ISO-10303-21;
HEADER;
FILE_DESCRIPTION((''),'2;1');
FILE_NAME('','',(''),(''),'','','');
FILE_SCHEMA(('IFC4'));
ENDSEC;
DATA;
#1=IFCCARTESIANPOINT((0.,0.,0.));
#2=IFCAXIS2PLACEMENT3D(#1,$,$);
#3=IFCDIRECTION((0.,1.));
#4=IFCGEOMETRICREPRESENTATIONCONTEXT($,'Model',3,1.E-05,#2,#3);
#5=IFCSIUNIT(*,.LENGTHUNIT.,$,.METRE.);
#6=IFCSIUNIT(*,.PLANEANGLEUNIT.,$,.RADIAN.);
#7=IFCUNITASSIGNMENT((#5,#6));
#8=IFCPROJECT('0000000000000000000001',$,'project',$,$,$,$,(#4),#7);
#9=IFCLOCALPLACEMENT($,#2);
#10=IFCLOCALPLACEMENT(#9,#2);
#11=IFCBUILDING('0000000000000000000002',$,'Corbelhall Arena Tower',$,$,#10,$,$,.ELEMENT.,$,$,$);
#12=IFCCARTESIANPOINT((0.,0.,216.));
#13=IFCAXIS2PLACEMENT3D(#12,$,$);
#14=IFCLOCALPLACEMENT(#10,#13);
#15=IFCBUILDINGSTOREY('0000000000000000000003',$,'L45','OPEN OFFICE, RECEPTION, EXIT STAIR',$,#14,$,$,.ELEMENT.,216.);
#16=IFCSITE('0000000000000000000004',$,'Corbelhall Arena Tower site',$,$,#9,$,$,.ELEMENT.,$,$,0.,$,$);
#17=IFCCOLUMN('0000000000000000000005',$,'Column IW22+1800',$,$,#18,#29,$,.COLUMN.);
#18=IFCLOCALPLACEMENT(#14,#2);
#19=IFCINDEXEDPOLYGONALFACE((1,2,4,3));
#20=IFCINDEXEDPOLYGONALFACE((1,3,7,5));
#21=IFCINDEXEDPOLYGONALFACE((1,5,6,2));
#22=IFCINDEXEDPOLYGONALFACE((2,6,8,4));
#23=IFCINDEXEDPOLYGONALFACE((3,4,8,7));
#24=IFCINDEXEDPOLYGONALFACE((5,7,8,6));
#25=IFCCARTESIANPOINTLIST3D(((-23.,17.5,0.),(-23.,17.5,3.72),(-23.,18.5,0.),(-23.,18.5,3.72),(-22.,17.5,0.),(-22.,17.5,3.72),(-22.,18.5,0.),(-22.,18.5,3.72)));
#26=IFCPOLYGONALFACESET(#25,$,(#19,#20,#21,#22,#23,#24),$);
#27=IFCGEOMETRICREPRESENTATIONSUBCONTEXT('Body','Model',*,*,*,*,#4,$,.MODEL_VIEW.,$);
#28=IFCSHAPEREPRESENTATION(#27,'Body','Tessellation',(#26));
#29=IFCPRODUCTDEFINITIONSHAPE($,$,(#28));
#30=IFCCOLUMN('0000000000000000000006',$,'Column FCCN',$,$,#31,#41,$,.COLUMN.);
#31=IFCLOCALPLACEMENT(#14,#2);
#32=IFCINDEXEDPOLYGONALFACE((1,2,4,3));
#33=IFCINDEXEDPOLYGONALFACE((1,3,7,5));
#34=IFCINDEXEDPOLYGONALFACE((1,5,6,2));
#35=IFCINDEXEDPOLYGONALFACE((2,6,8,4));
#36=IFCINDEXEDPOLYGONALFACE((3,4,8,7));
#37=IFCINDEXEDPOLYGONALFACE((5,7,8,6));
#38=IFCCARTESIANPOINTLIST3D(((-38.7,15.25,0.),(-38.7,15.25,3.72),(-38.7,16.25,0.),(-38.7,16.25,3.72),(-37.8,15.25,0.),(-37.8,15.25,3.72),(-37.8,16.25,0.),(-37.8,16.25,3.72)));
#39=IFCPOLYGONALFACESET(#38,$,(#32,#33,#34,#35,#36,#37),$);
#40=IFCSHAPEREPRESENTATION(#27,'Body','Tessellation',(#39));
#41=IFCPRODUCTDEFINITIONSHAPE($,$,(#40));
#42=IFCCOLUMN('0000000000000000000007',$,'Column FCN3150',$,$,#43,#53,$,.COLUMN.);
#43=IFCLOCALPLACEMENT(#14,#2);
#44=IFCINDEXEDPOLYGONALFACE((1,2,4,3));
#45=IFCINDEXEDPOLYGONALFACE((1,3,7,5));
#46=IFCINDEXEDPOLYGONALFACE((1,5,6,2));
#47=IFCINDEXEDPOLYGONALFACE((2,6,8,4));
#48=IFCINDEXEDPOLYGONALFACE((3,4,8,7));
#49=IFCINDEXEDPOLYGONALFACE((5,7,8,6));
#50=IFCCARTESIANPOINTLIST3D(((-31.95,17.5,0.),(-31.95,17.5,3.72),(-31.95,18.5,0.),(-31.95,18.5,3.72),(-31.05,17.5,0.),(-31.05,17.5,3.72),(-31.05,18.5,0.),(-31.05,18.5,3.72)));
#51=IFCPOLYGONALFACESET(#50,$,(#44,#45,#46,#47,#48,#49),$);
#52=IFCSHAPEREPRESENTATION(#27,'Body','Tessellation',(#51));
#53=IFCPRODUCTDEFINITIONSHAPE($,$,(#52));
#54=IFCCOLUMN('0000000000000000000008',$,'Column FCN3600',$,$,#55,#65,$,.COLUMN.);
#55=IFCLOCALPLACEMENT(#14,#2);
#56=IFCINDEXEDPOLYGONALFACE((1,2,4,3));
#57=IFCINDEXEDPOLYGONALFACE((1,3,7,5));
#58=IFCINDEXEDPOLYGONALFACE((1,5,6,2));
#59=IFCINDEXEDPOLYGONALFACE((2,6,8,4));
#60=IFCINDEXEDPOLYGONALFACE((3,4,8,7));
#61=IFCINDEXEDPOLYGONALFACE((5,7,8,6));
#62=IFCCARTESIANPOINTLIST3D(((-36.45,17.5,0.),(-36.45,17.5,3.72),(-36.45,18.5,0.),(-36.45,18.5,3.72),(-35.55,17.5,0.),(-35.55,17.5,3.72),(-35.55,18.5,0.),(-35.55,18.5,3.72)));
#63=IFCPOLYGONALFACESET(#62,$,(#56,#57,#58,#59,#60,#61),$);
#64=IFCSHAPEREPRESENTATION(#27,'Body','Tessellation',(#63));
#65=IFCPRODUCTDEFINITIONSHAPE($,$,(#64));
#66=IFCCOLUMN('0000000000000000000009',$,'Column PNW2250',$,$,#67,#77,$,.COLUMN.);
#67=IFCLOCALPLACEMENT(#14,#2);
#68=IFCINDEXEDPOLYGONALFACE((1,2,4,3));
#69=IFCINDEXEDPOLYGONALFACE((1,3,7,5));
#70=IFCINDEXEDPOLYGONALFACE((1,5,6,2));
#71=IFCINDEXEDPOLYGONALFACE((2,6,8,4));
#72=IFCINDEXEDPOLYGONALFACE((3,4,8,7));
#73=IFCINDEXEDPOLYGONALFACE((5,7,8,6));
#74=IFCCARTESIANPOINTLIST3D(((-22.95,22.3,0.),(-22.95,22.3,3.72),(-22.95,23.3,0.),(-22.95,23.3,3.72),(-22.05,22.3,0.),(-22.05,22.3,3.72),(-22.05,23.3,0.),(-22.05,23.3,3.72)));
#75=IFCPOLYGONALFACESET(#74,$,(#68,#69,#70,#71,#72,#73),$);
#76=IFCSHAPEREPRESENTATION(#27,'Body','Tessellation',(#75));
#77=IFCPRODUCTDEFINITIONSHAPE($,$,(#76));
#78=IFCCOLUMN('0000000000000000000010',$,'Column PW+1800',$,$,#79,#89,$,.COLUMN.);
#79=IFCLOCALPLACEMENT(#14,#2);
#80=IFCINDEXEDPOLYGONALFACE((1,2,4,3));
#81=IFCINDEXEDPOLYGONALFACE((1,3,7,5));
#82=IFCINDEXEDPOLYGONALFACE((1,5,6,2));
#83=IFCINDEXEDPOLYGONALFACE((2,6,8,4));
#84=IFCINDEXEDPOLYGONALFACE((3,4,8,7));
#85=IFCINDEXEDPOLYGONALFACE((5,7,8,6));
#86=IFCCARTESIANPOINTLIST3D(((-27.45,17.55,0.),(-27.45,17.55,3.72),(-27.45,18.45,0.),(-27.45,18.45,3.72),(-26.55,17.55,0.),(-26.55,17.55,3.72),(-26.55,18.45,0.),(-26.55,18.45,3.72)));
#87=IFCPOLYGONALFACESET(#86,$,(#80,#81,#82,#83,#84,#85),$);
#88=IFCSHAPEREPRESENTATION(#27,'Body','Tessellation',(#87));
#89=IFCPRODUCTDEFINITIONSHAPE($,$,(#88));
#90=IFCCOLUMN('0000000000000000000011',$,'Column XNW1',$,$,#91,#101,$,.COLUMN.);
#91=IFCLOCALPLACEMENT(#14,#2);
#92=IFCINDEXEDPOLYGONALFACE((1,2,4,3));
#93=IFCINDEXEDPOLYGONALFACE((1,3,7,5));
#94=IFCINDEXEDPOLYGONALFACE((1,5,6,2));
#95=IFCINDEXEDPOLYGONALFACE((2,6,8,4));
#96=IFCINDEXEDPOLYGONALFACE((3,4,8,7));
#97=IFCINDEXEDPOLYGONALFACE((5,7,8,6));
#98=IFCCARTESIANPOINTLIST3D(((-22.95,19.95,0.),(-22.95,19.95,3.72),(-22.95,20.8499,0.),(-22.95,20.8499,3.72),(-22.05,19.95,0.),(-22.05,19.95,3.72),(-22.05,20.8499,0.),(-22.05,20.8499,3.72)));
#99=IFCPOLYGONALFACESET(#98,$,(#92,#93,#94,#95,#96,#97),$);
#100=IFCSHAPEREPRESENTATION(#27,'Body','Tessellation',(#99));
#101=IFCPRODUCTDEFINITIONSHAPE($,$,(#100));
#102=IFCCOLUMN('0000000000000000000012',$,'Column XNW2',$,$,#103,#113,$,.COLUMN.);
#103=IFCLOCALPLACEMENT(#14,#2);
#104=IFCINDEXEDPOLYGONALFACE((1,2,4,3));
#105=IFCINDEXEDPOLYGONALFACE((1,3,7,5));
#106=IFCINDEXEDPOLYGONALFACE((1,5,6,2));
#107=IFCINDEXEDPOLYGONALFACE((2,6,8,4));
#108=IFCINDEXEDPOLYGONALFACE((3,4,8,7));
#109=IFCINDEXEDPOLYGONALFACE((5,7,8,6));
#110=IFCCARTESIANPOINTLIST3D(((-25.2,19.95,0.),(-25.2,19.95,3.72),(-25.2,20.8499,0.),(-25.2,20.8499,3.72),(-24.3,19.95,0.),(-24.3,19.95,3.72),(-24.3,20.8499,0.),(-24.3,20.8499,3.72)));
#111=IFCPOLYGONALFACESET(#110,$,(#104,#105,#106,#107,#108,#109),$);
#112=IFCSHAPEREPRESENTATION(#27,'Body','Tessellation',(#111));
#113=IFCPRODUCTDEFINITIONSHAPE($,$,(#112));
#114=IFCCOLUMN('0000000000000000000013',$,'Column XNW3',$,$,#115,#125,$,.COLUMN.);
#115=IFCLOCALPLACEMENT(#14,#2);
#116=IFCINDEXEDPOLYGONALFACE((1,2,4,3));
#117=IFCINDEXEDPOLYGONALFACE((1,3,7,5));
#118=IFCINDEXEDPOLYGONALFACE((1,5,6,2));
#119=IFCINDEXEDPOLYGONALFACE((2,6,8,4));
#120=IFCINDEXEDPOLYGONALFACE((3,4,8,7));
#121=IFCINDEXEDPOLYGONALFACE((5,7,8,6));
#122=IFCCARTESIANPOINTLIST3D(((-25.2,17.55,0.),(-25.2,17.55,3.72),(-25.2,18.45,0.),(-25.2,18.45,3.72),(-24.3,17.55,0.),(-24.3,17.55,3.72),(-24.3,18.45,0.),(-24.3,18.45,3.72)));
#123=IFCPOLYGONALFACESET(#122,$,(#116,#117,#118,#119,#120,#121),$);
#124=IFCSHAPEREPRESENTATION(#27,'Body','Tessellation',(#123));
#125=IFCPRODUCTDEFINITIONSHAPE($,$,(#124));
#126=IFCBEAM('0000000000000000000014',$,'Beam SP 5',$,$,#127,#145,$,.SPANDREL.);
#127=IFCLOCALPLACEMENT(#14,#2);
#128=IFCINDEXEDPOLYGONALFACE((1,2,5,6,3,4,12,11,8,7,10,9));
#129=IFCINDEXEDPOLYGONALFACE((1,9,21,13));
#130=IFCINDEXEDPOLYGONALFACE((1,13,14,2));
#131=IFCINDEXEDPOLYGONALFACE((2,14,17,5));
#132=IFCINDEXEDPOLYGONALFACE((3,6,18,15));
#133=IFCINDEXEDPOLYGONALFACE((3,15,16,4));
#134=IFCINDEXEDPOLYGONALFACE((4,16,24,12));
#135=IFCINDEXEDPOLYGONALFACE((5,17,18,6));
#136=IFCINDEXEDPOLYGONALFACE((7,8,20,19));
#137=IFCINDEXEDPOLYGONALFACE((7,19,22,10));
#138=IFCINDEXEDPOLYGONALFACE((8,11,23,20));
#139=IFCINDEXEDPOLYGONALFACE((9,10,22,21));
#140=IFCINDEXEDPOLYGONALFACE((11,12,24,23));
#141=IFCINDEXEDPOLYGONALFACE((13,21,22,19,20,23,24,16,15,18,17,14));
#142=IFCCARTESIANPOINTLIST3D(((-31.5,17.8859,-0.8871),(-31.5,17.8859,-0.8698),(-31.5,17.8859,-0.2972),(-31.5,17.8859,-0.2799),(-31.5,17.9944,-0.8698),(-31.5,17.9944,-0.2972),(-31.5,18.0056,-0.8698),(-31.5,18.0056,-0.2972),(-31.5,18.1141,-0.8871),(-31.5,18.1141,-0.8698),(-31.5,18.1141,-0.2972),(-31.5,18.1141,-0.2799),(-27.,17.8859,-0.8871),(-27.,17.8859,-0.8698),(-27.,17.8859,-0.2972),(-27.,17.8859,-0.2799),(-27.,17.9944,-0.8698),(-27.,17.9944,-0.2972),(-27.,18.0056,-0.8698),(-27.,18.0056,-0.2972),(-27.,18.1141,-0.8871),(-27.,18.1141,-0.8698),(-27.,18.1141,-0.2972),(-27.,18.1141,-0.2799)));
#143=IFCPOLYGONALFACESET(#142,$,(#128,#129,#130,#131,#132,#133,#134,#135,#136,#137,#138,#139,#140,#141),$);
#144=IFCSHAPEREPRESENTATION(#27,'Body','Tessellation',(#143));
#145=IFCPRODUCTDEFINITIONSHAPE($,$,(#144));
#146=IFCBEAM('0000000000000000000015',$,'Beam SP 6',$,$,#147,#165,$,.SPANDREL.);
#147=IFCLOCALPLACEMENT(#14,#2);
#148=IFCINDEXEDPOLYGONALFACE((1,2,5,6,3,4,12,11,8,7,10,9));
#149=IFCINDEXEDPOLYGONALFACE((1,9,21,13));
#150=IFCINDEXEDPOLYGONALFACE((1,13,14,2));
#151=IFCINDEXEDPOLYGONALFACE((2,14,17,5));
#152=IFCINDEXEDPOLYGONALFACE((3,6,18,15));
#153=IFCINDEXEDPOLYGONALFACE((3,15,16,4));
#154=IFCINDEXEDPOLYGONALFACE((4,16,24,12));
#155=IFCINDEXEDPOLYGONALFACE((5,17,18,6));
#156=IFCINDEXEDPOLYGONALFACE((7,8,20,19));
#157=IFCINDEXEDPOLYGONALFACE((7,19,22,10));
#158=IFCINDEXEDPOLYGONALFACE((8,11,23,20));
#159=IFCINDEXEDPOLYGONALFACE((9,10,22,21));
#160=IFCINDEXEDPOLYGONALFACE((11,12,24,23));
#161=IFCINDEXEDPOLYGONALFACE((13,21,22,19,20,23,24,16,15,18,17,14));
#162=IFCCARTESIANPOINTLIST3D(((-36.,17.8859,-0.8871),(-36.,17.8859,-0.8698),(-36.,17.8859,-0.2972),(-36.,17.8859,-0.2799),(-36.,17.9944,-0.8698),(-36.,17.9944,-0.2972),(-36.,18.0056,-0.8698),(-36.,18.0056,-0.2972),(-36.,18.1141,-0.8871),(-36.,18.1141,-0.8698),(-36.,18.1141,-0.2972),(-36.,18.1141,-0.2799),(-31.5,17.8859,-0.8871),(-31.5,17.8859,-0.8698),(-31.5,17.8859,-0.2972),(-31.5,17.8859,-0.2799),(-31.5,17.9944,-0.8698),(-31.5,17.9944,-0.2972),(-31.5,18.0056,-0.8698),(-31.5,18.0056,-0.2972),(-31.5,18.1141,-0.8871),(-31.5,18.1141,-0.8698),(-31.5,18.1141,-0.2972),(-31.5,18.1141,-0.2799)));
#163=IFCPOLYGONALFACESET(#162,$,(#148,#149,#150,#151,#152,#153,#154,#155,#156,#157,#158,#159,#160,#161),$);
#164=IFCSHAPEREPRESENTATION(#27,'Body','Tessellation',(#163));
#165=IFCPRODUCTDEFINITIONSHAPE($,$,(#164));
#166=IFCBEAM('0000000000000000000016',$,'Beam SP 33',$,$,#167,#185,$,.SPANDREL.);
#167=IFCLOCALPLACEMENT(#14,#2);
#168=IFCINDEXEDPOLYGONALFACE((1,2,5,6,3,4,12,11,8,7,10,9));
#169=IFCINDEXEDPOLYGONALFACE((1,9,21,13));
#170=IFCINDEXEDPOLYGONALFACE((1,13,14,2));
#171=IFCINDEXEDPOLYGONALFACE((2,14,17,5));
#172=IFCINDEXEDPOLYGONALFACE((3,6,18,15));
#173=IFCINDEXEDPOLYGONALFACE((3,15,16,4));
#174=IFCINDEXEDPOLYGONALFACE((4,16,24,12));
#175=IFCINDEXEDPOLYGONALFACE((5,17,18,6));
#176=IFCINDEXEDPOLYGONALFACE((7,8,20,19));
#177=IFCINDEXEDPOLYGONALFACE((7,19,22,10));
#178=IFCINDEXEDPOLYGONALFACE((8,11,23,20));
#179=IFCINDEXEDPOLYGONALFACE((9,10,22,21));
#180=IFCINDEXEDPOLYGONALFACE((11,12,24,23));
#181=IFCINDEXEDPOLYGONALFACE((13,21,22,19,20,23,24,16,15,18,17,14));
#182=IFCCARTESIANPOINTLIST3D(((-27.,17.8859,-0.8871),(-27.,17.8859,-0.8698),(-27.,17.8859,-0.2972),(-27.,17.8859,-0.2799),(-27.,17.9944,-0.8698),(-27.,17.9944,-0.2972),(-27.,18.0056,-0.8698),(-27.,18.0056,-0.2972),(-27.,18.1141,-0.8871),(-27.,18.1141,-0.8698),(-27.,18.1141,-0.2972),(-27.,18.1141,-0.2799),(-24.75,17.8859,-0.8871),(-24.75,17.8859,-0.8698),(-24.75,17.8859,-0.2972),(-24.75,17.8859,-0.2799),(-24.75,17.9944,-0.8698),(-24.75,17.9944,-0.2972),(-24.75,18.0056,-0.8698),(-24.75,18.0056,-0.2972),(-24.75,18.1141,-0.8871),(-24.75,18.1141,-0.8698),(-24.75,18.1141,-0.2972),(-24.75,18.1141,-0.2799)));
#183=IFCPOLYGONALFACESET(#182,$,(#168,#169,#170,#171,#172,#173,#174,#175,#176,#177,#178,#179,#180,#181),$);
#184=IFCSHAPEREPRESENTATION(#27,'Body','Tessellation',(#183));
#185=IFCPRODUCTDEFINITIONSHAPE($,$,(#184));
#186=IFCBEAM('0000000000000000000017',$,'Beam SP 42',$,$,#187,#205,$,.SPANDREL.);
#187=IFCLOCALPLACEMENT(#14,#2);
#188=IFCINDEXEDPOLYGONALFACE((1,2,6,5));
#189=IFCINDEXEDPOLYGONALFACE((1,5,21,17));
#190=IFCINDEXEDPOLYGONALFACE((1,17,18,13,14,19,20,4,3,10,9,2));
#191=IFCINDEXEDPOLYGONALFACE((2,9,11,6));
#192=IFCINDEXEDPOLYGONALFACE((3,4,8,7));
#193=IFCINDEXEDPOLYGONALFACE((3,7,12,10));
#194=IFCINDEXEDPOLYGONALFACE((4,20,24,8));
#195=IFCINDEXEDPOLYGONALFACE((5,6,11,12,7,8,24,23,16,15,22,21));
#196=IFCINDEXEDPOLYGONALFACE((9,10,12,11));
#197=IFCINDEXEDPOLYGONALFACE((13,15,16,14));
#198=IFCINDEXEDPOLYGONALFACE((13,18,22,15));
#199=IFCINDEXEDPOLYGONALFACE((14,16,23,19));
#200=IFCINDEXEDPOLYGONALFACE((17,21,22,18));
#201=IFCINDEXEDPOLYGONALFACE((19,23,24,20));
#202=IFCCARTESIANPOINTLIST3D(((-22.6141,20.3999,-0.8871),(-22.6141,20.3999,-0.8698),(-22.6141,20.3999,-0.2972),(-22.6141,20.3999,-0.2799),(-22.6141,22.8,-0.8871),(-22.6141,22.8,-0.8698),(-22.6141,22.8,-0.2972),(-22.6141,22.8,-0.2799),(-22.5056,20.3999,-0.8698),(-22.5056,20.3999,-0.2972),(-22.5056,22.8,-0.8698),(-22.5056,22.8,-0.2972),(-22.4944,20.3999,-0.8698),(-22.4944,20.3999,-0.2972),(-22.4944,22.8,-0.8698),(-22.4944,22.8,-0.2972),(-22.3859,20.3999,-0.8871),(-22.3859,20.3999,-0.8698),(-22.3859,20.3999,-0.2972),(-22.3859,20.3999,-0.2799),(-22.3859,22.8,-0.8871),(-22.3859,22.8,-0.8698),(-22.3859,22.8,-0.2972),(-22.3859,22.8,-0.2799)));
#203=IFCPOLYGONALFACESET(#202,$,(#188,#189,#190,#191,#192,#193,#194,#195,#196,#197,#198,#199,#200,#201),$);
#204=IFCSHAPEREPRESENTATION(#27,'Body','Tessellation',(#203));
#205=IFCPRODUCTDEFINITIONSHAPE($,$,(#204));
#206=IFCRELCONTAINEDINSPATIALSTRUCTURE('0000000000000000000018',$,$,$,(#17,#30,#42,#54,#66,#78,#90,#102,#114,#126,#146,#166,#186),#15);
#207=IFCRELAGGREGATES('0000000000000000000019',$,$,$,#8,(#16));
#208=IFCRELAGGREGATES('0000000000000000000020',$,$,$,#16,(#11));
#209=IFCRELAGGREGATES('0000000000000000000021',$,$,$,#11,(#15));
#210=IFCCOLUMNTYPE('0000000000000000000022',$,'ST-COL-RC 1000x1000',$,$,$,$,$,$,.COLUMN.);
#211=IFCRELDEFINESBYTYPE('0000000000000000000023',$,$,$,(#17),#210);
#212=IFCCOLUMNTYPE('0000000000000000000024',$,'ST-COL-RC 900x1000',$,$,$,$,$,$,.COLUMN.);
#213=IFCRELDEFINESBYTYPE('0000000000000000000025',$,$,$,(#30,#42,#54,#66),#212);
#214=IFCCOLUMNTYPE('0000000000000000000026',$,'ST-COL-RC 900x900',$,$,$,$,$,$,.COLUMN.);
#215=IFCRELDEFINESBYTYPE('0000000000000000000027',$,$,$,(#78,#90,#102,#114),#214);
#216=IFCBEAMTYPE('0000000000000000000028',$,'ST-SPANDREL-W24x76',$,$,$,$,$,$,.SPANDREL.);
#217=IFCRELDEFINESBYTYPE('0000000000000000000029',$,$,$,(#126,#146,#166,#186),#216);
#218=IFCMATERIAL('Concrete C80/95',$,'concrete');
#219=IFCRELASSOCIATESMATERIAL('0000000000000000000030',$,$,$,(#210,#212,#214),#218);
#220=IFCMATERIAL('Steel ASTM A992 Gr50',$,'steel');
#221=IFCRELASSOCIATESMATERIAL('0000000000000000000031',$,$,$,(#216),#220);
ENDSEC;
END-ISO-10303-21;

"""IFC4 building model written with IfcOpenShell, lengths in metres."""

from ifc_helpers import new_model, si_unit, direction, frame, origin, origin_2d, place, context, subcontext, project, spatial, rectangle, i_section, extrude, material, material_profile, profile_set, type_object, element, save


model = new_model("IFC4")

# Units and contexts
model_context = context("Model", 3, precision=1e-05, world=origin(), true_north=direction((0.0, 1.0)))
body_context = subcontext(model_context, "Body", "Model", "MODEL_VIEW")
ifc_project = project(units=[si_unit("LENGTHUNIT", "METRE"), si_unit("PLANEANGLEUNIT", "RADIAN")], contexts=[model_context])

# Site, building, storey
site_placement = place(None, origin())
site = spatial("IfcSite", under=ifc_project, at=site_placement, Name="Corbelhall Arena Tower site", CompositionType="ELEMENT", RefElevation=0.0)
building_placement = place(site_placement, origin())
building = spatial("IfcBuilding", under=site, at=building_placement, Name="Corbelhall Arena Tower", CompositionType="ELEMENT")
storey_placement = place(building_placement, frame((0.0, 0.0, 216.0)))
storey = spatial("IfcBuildingStorey", under=building, at=storey_placement, Name="L45", Description="OPEN OFFICE, RECEPTION, EXIT STAIR", CompositionType="ELEMENT", Elevation=216.0)

# Columns
ifc_material_1 = material(Name="Concrete C80/95", Category="concrete")
ifc_material_profile_1 = material_profile(ifc_material_1, rectangle(XDim=1.0, YDim=1.0, at=origin_2d()))
ifc_profile_set_1 = profile_set([ifc_material_profile_1], Name="Concrete C80/95")
column_type_1 = type_object("IfcColumnType", Name="ST-COL-RC 1000x1000", PredefinedType="COLUMN", material=ifc_profile_set_1)
column_placement = place(storey_placement, frame((-22.5, 18.0, 0.0), z_axis=(0.0, 0.0, 1.0), x_axis=(1.0, 0.0, 0.0)))
element("IfcColumn", 1, at=column_placement, inside=storey, type_object=column_type_1, Name="Column IW22+1800", PredefinedType="COLUMN", context=body_context, shape_type="SweptSolid", body=[
    extrude(rectangle(XDim=1.0, YDim=1.0, at=origin_2d()), origin(), (0.0, 0.0, 1.0), 3.72),
])
ifc_material_profile_2 = material_profile(ifc_material_1, rectangle(XDim=0.8999, YDim=1.0, at=origin_2d()))
ifc_profile_set_2 = profile_set([ifc_material_profile_2], Name="Concrete C80/95")
column_type_2 = type_object("IfcColumnType", Name="ST-COL-RC 900x1000", PredefinedType="COLUMN", material=ifc_profile_set_2)
for number, where, z_axis, x_axis, name in (
    (2, (-38.25, 15.75, 0.0), (0.0, 0.0, 1.0), (1.0, 0.0, 0.0), "Column FCCN"),
    (3, (-31.5, 18.0, 0.0), (0.0, 0.0, 1.0), (1.0, 0.0, 0.0), "Column FCN3150"),
    (4, (-36.0, 18.0, 0.0), (0.0, 0.0, 1.0), (1.0, 0.0, 0.0), "Column FCN3600"),
    (5, (-22.5, 22.8, 0.0), (0.0, 0.0, 1.0), (1.0, 0.0, 0.0), "Column PNW2250"),
):
    element("IfcColumn", number, at=place(storey_placement, frame(where, z_axis=z_axis, x_axis=x_axis)), inside=storey, type_object=column_type_2, Name=name, PredefinedType="COLUMN", context=body_context, shape_type="SweptSolid", body=[
        extrude(rectangle(XDim=0.8999, YDim=1.0, at=origin_2d()), origin(), (0.0, 0.0, 1.0), 3.72),
    ])
ifc_material_profile_3 = material_profile(ifc_material_1, rectangle(XDim=0.8999, YDim=0.8999, at=origin_2d()))
ifc_profile_set_3 = profile_set([ifc_material_profile_3], Name="Concrete C80/95")
column_type_3 = type_object("IfcColumnType", Name="ST-COL-RC 900x900", PredefinedType="COLUMN", material=ifc_profile_set_3)
for number, where, z_axis, x_axis, name in (
    (6, (-27.0, 18.0, 0.0), (0.0, 0.0, 1.0), (1.0, 0.0, 0.0), "Column PW+1800"),
    (7, (-22.5, 20.3999, 0.0), (0.0, 0.0, 1.0), (1.0, 0.0, 0.0), "Column XNW1"),
    (8, (-24.75, 20.3999, 0.0), (0.0, 0.0, 1.0), (1.0, 0.0, 0.0), "Column XNW2"),
    (9, (-24.75, 18.0, 0.0), (0.0, 0.0, 1.0), (1.0, 0.0, 0.0), "Column XNW3"),
):
    element("IfcColumn", number, at=place(storey_placement, frame(where, z_axis=z_axis, x_axis=x_axis)), inside=storey, type_object=column_type_3, Name=name, PredefinedType="COLUMN", context=body_context, shape_type="SweptSolid", body=[
        extrude(rectangle(XDim=0.8999, YDim=0.8999, at=origin_2d()), origin(), (0.0, 0.0, 1.0), 3.72),
    ])

# Beams
ifc_material_2 = material(Name="Steel ASTM A992 Gr50", Category="steel")
ifc_material_profile_4 = material_profile(ifc_material_2, i_section(OverallWidth=0.2283, OverallDepth=0.6072, WebThickness=0.0112, FlangeThickness=0.0173, at=origin_2d()))
ifc_profile_set_4 = profile_set([ifc_material_profile_4], Name="Steel ASTM A992 Gr50")
beam_type = type_object("IfcBeamType", Name="ST-SPANDREL-W24x76", PredefinedType="SPANDREL", material=ifc_profile_set_4)
for number, where, z_axis, x_axis, name in (
    (10, (-31.5, 18.0, -0.5835), (1.0, 0.0, 0.0), (0.0, 1.0, 0.0), "Beam SP 5"),
    (11, (-36.0, 18.0, -0.5835), (1.0, 0.0, 0.0), (0.0, 1.0, 0.0), "Beam SP 6"),
):
    element("IfcBeam", number, at=place(storey_placement, frame(where, z_axis=z_axis, x_axis=x_axis)), inside=storey, type_object=beam_type, Name=name, PredefinedType="SPANDREL", context=body_context, shape_type="SweptSolid", body=[
        extrude(i_section(OverallWidth=0.2283, OverallDepth=0.6072, WebThickness=0.0112, FlangeThickness=0.0173, at=origin_2d()), origin(), (0.0, 0.0, 1.0), 4.5),
    ])
beam_1_placement = place(storey_placement, frame((-27.0, 18.0, -0.5835), z_axis=(1.0, 0.0, 0.0), x_axis=(0.0, 1.0, 0.0)))
element("IfcBeam", 12, at=beam_1_placement, inside=storey, type_object=beam_type, Name="Beam SP 33", PredefinedType="SPANDREL", context=body_context, shape_type="SweptSolid", body=[
    extrude(i_section(OverallWidth=0.2283, OverallDepth=0.6072, WebThickness=0.0112, FlangeThickness=0.0173, at=origin_2d()), origin(), (0.0, 0.0, 1.0), 2.25),
])
beam_2_placement = place(storey_placement, frame((-22.5, 20.3999, -0.5835), z_axis=(0.0, 1.0, 0.0), x_axis=(-1.0, 0.0, 0.0)))
element("IfcBeam", 13, at=beam_2_placement, inside=storey, type_object=beam_type, Name="Beam SP 42", PredefinedType="SPANDREL", context=body_context, shape_type="SweptSolid", body=[
    extrude(i_section(OverallWidth=0.2283, OverallDepth=0.6072, WebThickness=0.0112, FlangeThickness=0.0173, at=origin_2d()), origin(), (0.0, 0.0, 1.0), 2.4001),
])

save(model, "model.ifc")
